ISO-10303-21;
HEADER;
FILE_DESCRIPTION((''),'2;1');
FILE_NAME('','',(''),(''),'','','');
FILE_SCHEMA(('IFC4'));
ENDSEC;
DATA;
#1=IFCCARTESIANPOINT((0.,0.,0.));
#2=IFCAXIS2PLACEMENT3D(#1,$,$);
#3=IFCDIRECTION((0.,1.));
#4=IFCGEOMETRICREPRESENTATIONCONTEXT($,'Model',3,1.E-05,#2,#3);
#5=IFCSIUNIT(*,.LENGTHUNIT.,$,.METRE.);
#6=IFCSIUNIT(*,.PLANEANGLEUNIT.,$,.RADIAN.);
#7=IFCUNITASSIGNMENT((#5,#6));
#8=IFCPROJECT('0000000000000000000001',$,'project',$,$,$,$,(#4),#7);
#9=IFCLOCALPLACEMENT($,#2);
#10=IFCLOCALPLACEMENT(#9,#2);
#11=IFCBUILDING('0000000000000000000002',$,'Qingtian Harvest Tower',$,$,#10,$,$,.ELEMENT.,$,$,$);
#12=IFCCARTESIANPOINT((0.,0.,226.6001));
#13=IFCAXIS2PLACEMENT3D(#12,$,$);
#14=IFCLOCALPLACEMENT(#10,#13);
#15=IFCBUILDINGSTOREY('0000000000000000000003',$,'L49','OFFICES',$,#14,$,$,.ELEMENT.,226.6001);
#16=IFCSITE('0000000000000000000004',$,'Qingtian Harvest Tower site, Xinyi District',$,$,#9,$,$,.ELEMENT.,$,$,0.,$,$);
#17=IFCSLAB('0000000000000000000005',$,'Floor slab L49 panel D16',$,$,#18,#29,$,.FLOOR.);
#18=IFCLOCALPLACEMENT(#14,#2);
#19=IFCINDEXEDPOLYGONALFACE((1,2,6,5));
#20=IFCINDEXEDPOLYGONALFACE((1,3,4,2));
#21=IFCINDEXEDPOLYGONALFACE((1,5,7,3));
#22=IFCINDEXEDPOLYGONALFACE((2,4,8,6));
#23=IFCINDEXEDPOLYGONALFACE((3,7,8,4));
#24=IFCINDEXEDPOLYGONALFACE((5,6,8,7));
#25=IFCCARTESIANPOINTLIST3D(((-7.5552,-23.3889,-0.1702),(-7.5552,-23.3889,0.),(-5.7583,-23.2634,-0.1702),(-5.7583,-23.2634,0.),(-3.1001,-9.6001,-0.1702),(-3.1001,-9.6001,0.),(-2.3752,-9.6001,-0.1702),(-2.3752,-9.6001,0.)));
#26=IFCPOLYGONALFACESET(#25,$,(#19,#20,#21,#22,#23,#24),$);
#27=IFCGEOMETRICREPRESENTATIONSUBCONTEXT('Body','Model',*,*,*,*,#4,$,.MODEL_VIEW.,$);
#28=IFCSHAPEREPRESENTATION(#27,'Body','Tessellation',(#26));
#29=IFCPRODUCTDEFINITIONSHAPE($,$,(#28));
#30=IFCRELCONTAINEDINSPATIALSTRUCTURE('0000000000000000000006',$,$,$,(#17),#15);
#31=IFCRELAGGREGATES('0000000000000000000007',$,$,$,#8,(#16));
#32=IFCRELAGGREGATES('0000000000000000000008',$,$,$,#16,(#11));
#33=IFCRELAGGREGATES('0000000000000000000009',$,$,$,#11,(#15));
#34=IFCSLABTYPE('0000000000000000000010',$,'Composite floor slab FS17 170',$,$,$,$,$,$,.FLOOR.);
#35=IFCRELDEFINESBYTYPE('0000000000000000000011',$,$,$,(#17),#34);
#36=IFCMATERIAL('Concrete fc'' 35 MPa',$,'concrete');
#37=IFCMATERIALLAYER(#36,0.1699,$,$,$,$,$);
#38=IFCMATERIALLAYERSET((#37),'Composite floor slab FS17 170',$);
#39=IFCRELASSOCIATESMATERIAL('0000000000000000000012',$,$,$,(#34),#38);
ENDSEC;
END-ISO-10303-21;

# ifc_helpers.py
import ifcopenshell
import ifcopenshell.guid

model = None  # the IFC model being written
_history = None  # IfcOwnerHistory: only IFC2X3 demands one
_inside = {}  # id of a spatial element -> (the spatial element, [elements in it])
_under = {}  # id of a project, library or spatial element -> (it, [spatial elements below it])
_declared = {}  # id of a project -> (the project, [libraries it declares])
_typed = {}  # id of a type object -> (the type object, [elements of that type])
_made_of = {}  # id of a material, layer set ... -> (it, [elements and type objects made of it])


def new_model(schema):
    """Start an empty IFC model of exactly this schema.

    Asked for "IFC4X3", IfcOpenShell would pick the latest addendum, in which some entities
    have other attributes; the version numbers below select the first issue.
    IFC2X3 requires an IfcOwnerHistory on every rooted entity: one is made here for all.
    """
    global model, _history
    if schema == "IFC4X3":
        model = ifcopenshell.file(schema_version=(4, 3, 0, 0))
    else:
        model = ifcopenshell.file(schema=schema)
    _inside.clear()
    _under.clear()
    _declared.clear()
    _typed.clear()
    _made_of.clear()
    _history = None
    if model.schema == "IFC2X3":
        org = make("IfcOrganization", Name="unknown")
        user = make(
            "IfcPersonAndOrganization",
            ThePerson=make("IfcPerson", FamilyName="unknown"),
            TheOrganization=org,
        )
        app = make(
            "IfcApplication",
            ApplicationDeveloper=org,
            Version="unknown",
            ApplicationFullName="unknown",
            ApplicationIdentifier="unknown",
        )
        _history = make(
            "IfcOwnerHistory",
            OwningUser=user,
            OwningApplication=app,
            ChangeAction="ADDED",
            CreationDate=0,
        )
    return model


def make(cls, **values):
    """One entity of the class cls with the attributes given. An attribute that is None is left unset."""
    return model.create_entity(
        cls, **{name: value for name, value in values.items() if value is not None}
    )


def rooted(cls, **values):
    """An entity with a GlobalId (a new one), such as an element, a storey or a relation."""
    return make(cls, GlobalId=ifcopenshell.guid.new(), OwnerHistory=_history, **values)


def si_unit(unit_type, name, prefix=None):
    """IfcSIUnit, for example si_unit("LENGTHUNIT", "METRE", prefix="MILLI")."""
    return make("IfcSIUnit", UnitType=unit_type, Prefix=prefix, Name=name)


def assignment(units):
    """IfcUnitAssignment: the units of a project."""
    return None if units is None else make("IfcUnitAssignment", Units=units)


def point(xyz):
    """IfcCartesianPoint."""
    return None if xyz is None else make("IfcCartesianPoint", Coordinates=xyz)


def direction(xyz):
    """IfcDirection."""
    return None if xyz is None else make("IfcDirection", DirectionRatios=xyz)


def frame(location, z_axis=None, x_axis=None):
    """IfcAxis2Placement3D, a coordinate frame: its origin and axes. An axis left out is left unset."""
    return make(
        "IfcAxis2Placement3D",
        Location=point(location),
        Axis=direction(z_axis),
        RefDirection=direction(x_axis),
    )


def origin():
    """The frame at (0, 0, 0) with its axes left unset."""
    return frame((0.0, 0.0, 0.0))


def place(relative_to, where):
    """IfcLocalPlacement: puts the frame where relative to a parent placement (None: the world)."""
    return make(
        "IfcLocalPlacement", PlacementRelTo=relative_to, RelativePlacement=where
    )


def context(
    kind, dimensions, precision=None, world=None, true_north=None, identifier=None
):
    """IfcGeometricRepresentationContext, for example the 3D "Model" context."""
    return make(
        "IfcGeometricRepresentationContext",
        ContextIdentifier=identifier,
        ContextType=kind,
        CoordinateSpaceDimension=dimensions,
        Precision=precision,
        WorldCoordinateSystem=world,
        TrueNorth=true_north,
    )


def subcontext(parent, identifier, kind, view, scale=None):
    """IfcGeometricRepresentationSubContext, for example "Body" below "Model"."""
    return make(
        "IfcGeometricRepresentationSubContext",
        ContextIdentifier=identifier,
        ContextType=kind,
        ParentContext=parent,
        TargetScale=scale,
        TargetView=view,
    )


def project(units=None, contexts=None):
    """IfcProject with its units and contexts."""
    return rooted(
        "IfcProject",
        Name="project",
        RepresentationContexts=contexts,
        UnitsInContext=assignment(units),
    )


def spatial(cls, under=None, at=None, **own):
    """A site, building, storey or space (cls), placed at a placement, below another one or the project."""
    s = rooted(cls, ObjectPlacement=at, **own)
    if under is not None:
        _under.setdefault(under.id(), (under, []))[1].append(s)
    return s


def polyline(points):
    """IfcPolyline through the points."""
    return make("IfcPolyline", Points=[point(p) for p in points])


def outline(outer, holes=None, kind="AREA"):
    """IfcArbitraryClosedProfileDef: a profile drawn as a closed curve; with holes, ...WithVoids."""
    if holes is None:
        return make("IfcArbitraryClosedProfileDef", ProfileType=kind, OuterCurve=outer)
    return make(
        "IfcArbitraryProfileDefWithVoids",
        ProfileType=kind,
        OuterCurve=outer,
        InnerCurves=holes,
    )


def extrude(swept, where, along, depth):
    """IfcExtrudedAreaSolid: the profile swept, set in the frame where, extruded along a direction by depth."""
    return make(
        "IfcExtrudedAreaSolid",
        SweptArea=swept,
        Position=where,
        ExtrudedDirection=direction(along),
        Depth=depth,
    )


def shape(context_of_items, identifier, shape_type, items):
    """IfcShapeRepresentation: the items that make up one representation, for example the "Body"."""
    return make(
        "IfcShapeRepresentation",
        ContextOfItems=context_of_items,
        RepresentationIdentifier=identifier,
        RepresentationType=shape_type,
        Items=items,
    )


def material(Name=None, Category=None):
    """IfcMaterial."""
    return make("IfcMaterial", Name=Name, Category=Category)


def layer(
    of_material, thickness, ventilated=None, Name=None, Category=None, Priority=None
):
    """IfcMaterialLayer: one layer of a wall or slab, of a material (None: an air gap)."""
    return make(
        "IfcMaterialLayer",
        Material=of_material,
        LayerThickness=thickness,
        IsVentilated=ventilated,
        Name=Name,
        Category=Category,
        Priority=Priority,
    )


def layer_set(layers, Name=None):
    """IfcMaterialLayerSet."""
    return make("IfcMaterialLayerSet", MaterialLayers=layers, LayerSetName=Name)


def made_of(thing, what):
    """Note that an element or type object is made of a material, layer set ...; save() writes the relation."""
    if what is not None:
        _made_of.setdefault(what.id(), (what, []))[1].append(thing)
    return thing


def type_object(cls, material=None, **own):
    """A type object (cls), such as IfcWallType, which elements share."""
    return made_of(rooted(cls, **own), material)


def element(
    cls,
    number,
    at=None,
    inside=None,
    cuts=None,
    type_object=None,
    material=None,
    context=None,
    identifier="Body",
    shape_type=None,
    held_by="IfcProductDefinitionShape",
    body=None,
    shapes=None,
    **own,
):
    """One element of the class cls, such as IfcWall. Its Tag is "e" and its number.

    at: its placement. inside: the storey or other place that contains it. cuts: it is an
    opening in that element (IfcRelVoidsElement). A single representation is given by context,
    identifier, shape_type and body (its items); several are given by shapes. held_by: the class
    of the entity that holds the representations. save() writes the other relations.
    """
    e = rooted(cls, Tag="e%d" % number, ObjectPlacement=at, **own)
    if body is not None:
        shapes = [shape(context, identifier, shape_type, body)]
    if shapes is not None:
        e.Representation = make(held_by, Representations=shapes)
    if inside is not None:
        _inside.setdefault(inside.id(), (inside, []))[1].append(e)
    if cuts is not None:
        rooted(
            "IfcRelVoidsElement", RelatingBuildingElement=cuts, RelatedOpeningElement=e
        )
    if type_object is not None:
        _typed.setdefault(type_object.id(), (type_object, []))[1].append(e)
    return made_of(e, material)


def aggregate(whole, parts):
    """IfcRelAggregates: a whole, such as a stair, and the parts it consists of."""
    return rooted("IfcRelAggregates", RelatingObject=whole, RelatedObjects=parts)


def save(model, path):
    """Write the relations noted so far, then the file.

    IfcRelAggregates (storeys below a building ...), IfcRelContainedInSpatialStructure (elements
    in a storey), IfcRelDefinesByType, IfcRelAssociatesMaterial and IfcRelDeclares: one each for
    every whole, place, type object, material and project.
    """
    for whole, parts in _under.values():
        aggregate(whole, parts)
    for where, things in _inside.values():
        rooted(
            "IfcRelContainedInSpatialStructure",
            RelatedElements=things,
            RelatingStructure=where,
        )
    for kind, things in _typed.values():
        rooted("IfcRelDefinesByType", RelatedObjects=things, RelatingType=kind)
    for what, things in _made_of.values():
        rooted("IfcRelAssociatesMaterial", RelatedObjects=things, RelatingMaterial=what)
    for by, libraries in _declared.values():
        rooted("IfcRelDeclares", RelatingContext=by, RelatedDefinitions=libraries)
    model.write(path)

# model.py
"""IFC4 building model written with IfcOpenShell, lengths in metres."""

from ifc_helpers import new_model, si_unit, direction, frame, origin, place, context, subcontext, project, spatial, polyline, outline, extrude, material, layer, layer_set, type_object, element, save


model = new_model("IFC4")

# Units and contexts
model_context = context("Model", 3, precision=1e-05, world=origin(), true_north=direction((0.0, 1.0)))
body_context = subcontext(model_context, "Body", "Model", "MODEL_VIEW")
ifc_project = project(units=[si_unit("LENGTHUNIT", "METRE"), si_unit("PLANEANGLEUNIT", "RADIAN")], contexts=[model_context])

# Site, building, storey
site_placement = place(None, origin())
site = spatial("IfcSite", under=ifc_project, at=site_placement, Name="Qingtian Harvest Tower site, Xinyi District", CompositionType="ELEMENT", RefElevation=0.0)
building_placement = place(site_placement, origin())
building = spatial("IfcBuilding", under=site, at=building_placement, Name="Qingtian Harvest Tower", CompositionType="ELEMENT")
storey_placement = place(building_placement, frame((0.0, 0.0, 226.6001)))
storey = spatial("IfcBuildingStorey", under=building, at=storey_placement, Name="L49", Description="OFFICES", CompositionType="ELEMENT", Elevation=226.6001)

# Slab
ifc_material = material(Name="Concrete fc' 35 MPa", Category="concrete")
ifc_layer = layer(ifc_material, 0.1699)
ifc_layer_set = layer_set([ifc_layer], Name="Composite floor slab FS17 170")
slab_type = type_object("IfcSlabType", Name="Composite floor slab FS17 170", PredefinedType="FLOOR", material=ifc_layer_set)
slab_1_placement = place(storey_placement, frame((0.0, 0.0, -0.1702)))
element("IfcSlab", 1, at=slab_1_placement, inside=storey, type_object=slab_type, Name="Floor slab L49 panel D16", PredefinedType="FLOOR", context=body_context, shape_type="SweptSolid", body=[
    extrude(outline(polyline([(-2.3752, -9.6001), (-5.7583, -23.2634), (-7.5552, -23.3889), (-3.1001, -9.6001), (-2.3752, -9.6001)])), origin(), (0.0, 0.0, 1.0), 0.1702),
])

save(model, "model.ifc")
